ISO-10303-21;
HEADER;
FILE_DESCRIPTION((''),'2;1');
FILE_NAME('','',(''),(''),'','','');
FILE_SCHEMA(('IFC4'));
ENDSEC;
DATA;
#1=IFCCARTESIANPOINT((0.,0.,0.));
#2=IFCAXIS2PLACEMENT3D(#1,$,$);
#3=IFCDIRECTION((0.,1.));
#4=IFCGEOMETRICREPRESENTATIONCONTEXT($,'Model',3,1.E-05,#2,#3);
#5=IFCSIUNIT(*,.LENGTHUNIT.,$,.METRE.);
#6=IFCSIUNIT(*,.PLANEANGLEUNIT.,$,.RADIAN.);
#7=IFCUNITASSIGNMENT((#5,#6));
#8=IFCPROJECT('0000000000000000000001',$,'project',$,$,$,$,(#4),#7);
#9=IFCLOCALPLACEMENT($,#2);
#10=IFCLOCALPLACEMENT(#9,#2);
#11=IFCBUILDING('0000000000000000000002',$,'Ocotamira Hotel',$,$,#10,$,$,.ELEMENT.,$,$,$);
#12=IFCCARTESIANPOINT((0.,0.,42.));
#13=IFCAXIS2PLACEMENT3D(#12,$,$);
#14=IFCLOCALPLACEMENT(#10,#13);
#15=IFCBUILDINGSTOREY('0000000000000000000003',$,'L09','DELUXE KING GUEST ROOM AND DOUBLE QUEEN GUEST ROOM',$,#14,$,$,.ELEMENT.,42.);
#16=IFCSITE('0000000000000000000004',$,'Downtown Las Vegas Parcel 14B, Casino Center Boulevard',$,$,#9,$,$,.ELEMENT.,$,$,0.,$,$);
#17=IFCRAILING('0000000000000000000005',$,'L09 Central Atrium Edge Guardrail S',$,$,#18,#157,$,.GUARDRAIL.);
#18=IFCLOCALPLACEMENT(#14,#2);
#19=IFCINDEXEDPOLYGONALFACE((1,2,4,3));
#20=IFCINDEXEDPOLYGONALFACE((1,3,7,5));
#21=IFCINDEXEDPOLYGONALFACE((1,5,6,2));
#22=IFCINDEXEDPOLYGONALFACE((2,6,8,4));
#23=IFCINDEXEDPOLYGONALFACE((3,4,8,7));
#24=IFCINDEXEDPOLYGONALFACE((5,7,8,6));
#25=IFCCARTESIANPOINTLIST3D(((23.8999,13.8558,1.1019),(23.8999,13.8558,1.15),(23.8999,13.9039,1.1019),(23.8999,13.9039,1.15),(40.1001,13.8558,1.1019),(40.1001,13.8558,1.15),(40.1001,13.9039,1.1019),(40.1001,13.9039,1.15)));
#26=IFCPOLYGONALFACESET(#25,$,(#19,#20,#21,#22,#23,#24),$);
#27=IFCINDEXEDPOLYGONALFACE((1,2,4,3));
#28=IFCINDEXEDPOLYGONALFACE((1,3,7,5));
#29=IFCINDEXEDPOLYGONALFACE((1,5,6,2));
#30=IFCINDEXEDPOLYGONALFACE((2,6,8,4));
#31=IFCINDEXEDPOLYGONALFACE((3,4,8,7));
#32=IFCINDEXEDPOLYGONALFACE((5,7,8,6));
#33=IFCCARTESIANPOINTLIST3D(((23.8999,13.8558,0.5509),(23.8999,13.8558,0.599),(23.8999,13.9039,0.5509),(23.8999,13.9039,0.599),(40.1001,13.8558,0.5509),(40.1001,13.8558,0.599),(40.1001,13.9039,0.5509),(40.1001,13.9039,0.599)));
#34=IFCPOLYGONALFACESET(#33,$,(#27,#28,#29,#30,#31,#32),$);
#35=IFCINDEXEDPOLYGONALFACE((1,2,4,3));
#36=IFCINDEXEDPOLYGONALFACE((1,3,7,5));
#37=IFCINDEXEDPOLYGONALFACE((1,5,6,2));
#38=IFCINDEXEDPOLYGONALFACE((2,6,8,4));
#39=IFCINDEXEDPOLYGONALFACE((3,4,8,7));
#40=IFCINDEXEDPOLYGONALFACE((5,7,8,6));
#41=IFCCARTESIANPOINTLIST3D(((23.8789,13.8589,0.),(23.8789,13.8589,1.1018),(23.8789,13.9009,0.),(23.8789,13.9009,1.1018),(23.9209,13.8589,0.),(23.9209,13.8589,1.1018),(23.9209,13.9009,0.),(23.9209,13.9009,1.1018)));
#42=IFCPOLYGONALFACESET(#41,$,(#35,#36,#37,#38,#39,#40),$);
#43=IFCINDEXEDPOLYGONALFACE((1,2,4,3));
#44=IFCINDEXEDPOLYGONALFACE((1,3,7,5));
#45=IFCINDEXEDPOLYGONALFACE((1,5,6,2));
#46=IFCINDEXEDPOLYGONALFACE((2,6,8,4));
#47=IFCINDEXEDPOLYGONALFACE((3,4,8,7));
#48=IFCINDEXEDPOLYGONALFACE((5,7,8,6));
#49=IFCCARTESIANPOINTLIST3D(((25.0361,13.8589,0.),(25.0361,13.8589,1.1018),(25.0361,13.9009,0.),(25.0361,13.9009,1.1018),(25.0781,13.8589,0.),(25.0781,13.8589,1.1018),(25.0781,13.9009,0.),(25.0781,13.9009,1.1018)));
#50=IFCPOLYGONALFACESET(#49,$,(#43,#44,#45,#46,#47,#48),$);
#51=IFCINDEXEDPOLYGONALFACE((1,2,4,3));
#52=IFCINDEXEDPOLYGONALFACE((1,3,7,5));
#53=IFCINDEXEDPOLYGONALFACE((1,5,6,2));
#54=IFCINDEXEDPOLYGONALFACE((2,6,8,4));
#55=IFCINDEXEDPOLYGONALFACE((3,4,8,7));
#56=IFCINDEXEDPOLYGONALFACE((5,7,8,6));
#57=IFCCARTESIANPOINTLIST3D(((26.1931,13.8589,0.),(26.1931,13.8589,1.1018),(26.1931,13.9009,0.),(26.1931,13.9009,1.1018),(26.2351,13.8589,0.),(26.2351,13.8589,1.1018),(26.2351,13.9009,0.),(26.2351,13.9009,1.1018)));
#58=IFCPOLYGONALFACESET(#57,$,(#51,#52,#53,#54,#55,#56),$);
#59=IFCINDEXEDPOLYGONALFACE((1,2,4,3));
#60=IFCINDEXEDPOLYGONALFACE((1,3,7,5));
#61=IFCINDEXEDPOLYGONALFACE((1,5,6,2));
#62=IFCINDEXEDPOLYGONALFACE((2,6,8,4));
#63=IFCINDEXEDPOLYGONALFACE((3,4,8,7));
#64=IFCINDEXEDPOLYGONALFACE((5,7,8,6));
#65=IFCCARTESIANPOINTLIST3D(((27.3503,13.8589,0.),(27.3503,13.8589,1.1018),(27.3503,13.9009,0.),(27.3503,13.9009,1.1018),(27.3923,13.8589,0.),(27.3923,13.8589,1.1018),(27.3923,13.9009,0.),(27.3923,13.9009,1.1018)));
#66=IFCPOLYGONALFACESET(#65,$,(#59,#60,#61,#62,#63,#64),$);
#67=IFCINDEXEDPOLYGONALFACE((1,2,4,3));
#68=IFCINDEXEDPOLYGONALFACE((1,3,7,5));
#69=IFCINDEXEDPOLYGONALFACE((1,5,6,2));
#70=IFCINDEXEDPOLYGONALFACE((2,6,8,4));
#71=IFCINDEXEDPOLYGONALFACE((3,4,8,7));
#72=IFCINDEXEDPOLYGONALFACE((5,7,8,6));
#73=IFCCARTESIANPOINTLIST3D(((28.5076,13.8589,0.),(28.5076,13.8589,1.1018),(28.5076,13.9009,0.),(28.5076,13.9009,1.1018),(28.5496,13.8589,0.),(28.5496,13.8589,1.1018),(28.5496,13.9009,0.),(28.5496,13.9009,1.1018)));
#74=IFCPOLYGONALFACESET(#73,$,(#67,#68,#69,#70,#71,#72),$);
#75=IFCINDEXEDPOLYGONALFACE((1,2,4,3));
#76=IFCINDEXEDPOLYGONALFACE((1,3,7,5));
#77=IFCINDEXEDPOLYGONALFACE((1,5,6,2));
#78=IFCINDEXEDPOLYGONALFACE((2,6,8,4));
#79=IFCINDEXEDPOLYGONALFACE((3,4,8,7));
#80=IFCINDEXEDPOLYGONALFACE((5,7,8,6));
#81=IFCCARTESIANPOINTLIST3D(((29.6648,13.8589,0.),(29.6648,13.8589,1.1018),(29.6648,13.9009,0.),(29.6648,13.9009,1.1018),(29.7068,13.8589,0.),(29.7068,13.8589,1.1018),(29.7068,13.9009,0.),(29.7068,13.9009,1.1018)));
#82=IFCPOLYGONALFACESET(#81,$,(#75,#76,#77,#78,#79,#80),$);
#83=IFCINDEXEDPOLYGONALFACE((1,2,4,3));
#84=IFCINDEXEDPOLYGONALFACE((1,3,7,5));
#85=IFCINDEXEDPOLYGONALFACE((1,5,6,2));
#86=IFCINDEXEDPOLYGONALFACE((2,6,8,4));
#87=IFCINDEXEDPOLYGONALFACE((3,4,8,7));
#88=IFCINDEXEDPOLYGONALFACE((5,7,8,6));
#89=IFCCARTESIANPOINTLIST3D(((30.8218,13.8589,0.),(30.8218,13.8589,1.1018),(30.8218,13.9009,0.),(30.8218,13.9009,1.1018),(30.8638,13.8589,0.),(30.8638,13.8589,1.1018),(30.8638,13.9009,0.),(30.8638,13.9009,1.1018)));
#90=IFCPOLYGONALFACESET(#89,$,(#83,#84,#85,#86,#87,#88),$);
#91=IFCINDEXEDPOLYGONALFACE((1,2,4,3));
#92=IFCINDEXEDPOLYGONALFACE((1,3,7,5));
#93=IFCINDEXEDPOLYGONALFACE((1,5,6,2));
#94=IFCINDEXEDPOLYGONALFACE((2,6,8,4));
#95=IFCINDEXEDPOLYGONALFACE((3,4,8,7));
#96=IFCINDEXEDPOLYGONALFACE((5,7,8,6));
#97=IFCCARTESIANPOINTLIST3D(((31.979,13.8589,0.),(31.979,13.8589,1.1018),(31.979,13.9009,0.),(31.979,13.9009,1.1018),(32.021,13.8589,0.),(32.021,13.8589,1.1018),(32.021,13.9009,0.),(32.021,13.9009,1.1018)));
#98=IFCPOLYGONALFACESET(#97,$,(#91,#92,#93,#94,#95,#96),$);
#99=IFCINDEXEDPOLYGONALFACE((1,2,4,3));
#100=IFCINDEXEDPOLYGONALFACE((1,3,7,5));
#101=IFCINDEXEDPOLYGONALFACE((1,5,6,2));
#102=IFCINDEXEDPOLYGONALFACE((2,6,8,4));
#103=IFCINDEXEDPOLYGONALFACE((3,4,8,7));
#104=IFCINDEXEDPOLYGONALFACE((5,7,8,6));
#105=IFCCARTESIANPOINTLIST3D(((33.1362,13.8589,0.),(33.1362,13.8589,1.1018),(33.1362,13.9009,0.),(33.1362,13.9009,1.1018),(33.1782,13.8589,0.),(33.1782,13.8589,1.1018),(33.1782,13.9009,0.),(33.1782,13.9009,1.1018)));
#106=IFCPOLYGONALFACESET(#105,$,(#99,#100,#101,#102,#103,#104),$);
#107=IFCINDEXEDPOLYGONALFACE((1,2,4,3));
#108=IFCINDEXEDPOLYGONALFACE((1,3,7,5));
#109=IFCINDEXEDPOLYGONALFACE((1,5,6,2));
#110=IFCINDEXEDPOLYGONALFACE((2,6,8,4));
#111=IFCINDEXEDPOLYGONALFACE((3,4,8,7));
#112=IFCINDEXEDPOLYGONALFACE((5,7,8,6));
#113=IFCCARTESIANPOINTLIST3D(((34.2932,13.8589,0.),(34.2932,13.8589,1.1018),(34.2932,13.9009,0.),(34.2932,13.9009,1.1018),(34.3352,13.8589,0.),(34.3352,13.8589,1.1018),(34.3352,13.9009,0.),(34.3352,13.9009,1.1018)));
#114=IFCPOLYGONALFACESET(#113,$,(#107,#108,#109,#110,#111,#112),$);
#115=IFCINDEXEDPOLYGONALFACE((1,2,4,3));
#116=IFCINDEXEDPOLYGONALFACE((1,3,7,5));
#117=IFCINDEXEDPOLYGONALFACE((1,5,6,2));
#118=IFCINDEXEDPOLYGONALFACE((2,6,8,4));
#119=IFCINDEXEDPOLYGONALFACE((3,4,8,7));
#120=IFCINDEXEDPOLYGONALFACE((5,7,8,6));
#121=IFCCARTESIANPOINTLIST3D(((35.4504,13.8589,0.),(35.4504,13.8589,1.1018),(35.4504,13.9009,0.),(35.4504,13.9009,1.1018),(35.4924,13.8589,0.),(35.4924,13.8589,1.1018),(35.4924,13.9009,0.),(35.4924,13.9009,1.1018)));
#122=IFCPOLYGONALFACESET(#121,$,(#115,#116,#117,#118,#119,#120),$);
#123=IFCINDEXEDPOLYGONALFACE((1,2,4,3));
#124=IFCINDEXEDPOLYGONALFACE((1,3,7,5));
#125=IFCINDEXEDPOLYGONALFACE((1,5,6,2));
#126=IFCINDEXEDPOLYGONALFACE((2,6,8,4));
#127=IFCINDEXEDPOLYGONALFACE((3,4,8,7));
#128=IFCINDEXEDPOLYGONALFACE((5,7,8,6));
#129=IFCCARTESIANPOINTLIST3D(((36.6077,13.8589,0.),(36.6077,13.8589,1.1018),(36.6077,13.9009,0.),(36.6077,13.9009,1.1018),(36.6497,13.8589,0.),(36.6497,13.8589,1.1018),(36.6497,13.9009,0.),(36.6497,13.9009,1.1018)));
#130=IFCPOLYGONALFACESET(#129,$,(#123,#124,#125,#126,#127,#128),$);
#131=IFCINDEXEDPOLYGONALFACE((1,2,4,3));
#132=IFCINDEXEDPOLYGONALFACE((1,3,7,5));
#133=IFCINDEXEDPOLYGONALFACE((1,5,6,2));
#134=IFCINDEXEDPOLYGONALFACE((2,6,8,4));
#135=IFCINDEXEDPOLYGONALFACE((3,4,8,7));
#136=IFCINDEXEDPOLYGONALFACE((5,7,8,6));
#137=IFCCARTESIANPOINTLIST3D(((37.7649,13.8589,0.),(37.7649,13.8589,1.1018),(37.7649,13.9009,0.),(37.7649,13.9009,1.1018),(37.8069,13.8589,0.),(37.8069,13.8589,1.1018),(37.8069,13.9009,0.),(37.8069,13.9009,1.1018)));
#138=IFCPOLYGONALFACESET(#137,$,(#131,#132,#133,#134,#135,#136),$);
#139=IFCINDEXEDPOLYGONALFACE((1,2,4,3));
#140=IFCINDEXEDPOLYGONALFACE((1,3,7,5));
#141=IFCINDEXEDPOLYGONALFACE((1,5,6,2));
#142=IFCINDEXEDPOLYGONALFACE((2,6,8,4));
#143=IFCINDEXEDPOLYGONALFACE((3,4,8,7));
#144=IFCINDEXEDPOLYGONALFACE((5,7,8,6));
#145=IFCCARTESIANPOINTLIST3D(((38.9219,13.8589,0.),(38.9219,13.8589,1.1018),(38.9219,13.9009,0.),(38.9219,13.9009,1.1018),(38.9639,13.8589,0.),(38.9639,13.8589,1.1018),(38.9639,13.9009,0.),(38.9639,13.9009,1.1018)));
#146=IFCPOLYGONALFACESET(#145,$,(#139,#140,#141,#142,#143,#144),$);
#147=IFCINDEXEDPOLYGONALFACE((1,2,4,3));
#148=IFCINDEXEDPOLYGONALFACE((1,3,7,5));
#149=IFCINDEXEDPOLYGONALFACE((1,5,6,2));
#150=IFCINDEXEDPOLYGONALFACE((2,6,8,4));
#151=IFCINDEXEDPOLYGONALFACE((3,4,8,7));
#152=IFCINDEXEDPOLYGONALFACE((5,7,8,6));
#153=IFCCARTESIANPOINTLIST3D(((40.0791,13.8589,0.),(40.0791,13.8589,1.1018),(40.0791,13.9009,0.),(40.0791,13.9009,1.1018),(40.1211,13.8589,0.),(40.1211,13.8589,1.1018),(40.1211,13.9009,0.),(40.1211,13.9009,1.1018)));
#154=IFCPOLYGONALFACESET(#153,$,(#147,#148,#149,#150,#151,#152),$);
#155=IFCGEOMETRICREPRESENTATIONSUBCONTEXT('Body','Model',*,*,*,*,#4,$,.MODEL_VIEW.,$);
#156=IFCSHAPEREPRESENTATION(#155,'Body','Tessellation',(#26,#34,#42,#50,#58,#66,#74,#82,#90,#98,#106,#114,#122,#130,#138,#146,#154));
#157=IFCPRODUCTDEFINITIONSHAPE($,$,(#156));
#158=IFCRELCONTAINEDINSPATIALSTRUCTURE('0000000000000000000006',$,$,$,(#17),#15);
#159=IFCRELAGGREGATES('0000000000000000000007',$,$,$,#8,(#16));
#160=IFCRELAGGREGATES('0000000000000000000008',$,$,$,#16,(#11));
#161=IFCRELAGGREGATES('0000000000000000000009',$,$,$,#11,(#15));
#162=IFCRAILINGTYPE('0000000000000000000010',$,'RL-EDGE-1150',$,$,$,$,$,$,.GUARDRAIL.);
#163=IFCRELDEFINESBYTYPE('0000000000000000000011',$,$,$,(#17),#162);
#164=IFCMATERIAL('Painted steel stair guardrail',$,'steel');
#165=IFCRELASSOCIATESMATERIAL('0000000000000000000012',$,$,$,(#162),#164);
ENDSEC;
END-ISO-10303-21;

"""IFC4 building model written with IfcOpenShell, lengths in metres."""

from ifc_helpers import new_model, si_unit, direction, frame, origin, origin_2d, place, context, subcontext, project, spatial, rectangle, extrude, material, type_object, element, save


model = new_model("IFC4")

# Units and contexts
model_context = context("Model", 3, precision=1e-05, world=origin(), true_north=direction((0.0, 1.0)))
body_context = subcontext(model_context, "Body", "Model", "MODEL_VIEW")
ifc_project = project(units=[si_unit("LENGTHUNIT", "METRE"), si_unit("PLANEANGLEUNIT", "RADIAN")], contexts=[model_context])

# Site, building, storey
site_placement = place(None, origin())
site = spatial("IfcSite", under=ifc_project, at=site_placement, Name="Downtown Las Vegas Parcel 14B, Casino Center Boulevard", CompositionType="ELEMENT", RefElevation=0.0)
building_placement = place(site_placement, origin())
building = spatial("IfcBuilding", under=site, at=building_placement, Name="Ocotamira Hotel", CompositionType="ELEMENT")
storey_placement = place(building_placement, frame((0.0, 0.0, 42.0)))
storey = spatial("IfcBuildingStorey", under=building, at=storey_placement, Name="L09", Description="DELUXE KING GUEST ROOM AND DOUBLE QUEEN GUEST ROOM", CompositionType="ELEMENT", Elevation=42.0)

# Railing
ifc_material_1 = material(Name="Painted steel stair guardrail", Category="steel")
railing_type = type_object("IfcRailingType", Name="RL-EDGE-1150", PredefinedType="GUARDRAIL", material=ifc_material_1)
railing_placement = place(storey_placement, frame((23.8999, 13.8799, 0.0)))
element("IfcRailing", 1, at=railing_placement, inside=storey, type_object=railing_type, Name="L09 Central Atrium Edge Guardrail S", PredefinedType="GUARDRAIL", context=body_context, shape_type="SweptSolid", body=[
    extrude(rectangle(XDim=0.0481, YDim=0.0481, at=origin_2d()), frame((0.0, 0.0, 1.126), z_axis=(1.0, 0.0, 0.0), x_axis=(0.0, 1.0, 0.0)), (0.0, 0.0, 1.0), 16.2002),
    extrude(rectangle(XDim=0.0481, YDim=0.0481, at=origin_2d()), frame((0.0, 0.0, 0.575), z_axis=(1.0, 0.0, 0.0), x_axis=(0.0, 1.0, 0.0)), (0.0, 0.0, 1.0), 16.2002),
    extrude(rectangle(XDim=0.042, YDim=0.042, at=origin_2d()), origin(), (0.0, 0.0, 1.0), 1.1018),
    extrude(rectangle(XDim=0.042, YDim=0.042, at=origin_2d()), frame((1.1572, 0.0, 0.0)), (0.0, 0.0, 1.0), 1.1018),
    extrude(rectangle(XDim=0.042, YDim=0.042, at=origin_2d()), frame((2.3142, 0.0, 0.0)), (0.0, 0.0, 1.0), 1.1018),
    extrude(rectangle(XDim=0.042, YDim=0.042, at=origin_2d()), frame((3.4714, 0.0, 0.0)), (0.0, 0.0, 1.0), 1.1018),
    extrude(rectangle(XDim=0.042, YDim=0.042, at=origin_2d()), frame((4.6287, 0.0, 0.0)), (0.0, 0.0, 1.0), 1.1018),
    extrude(rectangle(XDim=0.042, YDim=0.042, at=origin_2d()), frame((5.7859, 0.0, 0.0)), (0.0, 0.0, 1.0), 1.1018),
    extrude(rectangle(XDim=0.042, YDim=0.042, at=origin_2d()), frame((6.9429, 0.0, 0.0)), (0.0, 0.0, 1.0), 1.1018),
    extrude(rectangle(XDim=0.042, YDim=0.042, at=origin_2d()), frame((8.1001, 0.0, 0.0)), (0.0, 0.0, 1.0), 1.1018),
    extrude(rectangle(XDim=0.042, YDim=0.042, at=origin_2d()), frame((9.2573, 0.0, 0.0)), (0.0, 0.0, 1.0), 1.1018),
    extrude(rectangle(XDim=0.042, YDim=0.042, at=origin_2d()), frame((10.4143, 0.0, 0.0)), (0.0, 0.0, 1.0), 1.1018),
    extrude(rectangle(XDim=0.042, YDim=0.042, at=origin_2d()), frame((11.5715, 0.0, 0.0)), (0.0, 0.0, 1.0), 1.1018),
    extrude(rectangle(XDim=0.042, YDim=0.042, at=origin_2d()), frame((12.7288, 0.0, 0.0)), (0.0, 0.0, 1.0), 1.1018),
    extrude(rectangle(XDim=0.042, YDim=0.042, at=origin_2d()), frame((13.886, 0.0, 0.0)), (0.0, 0.0, 1.0), 1.1018),
    extrude(rectangle(XDim=0.042, YDim=0.042, at=origin_2d()), frame((15.043, 0.0, 0.0)), (0.0, 0.0, 1.0), 1.1018),
    extrude(rectangle(XDim=0.042, YDim=0.042, at=origin_2d()), frame((16.2002, 0.0, 0.0)), (0.0, 0.0, 1.0), 1.1018),
])

save(model, "model.ifc")
